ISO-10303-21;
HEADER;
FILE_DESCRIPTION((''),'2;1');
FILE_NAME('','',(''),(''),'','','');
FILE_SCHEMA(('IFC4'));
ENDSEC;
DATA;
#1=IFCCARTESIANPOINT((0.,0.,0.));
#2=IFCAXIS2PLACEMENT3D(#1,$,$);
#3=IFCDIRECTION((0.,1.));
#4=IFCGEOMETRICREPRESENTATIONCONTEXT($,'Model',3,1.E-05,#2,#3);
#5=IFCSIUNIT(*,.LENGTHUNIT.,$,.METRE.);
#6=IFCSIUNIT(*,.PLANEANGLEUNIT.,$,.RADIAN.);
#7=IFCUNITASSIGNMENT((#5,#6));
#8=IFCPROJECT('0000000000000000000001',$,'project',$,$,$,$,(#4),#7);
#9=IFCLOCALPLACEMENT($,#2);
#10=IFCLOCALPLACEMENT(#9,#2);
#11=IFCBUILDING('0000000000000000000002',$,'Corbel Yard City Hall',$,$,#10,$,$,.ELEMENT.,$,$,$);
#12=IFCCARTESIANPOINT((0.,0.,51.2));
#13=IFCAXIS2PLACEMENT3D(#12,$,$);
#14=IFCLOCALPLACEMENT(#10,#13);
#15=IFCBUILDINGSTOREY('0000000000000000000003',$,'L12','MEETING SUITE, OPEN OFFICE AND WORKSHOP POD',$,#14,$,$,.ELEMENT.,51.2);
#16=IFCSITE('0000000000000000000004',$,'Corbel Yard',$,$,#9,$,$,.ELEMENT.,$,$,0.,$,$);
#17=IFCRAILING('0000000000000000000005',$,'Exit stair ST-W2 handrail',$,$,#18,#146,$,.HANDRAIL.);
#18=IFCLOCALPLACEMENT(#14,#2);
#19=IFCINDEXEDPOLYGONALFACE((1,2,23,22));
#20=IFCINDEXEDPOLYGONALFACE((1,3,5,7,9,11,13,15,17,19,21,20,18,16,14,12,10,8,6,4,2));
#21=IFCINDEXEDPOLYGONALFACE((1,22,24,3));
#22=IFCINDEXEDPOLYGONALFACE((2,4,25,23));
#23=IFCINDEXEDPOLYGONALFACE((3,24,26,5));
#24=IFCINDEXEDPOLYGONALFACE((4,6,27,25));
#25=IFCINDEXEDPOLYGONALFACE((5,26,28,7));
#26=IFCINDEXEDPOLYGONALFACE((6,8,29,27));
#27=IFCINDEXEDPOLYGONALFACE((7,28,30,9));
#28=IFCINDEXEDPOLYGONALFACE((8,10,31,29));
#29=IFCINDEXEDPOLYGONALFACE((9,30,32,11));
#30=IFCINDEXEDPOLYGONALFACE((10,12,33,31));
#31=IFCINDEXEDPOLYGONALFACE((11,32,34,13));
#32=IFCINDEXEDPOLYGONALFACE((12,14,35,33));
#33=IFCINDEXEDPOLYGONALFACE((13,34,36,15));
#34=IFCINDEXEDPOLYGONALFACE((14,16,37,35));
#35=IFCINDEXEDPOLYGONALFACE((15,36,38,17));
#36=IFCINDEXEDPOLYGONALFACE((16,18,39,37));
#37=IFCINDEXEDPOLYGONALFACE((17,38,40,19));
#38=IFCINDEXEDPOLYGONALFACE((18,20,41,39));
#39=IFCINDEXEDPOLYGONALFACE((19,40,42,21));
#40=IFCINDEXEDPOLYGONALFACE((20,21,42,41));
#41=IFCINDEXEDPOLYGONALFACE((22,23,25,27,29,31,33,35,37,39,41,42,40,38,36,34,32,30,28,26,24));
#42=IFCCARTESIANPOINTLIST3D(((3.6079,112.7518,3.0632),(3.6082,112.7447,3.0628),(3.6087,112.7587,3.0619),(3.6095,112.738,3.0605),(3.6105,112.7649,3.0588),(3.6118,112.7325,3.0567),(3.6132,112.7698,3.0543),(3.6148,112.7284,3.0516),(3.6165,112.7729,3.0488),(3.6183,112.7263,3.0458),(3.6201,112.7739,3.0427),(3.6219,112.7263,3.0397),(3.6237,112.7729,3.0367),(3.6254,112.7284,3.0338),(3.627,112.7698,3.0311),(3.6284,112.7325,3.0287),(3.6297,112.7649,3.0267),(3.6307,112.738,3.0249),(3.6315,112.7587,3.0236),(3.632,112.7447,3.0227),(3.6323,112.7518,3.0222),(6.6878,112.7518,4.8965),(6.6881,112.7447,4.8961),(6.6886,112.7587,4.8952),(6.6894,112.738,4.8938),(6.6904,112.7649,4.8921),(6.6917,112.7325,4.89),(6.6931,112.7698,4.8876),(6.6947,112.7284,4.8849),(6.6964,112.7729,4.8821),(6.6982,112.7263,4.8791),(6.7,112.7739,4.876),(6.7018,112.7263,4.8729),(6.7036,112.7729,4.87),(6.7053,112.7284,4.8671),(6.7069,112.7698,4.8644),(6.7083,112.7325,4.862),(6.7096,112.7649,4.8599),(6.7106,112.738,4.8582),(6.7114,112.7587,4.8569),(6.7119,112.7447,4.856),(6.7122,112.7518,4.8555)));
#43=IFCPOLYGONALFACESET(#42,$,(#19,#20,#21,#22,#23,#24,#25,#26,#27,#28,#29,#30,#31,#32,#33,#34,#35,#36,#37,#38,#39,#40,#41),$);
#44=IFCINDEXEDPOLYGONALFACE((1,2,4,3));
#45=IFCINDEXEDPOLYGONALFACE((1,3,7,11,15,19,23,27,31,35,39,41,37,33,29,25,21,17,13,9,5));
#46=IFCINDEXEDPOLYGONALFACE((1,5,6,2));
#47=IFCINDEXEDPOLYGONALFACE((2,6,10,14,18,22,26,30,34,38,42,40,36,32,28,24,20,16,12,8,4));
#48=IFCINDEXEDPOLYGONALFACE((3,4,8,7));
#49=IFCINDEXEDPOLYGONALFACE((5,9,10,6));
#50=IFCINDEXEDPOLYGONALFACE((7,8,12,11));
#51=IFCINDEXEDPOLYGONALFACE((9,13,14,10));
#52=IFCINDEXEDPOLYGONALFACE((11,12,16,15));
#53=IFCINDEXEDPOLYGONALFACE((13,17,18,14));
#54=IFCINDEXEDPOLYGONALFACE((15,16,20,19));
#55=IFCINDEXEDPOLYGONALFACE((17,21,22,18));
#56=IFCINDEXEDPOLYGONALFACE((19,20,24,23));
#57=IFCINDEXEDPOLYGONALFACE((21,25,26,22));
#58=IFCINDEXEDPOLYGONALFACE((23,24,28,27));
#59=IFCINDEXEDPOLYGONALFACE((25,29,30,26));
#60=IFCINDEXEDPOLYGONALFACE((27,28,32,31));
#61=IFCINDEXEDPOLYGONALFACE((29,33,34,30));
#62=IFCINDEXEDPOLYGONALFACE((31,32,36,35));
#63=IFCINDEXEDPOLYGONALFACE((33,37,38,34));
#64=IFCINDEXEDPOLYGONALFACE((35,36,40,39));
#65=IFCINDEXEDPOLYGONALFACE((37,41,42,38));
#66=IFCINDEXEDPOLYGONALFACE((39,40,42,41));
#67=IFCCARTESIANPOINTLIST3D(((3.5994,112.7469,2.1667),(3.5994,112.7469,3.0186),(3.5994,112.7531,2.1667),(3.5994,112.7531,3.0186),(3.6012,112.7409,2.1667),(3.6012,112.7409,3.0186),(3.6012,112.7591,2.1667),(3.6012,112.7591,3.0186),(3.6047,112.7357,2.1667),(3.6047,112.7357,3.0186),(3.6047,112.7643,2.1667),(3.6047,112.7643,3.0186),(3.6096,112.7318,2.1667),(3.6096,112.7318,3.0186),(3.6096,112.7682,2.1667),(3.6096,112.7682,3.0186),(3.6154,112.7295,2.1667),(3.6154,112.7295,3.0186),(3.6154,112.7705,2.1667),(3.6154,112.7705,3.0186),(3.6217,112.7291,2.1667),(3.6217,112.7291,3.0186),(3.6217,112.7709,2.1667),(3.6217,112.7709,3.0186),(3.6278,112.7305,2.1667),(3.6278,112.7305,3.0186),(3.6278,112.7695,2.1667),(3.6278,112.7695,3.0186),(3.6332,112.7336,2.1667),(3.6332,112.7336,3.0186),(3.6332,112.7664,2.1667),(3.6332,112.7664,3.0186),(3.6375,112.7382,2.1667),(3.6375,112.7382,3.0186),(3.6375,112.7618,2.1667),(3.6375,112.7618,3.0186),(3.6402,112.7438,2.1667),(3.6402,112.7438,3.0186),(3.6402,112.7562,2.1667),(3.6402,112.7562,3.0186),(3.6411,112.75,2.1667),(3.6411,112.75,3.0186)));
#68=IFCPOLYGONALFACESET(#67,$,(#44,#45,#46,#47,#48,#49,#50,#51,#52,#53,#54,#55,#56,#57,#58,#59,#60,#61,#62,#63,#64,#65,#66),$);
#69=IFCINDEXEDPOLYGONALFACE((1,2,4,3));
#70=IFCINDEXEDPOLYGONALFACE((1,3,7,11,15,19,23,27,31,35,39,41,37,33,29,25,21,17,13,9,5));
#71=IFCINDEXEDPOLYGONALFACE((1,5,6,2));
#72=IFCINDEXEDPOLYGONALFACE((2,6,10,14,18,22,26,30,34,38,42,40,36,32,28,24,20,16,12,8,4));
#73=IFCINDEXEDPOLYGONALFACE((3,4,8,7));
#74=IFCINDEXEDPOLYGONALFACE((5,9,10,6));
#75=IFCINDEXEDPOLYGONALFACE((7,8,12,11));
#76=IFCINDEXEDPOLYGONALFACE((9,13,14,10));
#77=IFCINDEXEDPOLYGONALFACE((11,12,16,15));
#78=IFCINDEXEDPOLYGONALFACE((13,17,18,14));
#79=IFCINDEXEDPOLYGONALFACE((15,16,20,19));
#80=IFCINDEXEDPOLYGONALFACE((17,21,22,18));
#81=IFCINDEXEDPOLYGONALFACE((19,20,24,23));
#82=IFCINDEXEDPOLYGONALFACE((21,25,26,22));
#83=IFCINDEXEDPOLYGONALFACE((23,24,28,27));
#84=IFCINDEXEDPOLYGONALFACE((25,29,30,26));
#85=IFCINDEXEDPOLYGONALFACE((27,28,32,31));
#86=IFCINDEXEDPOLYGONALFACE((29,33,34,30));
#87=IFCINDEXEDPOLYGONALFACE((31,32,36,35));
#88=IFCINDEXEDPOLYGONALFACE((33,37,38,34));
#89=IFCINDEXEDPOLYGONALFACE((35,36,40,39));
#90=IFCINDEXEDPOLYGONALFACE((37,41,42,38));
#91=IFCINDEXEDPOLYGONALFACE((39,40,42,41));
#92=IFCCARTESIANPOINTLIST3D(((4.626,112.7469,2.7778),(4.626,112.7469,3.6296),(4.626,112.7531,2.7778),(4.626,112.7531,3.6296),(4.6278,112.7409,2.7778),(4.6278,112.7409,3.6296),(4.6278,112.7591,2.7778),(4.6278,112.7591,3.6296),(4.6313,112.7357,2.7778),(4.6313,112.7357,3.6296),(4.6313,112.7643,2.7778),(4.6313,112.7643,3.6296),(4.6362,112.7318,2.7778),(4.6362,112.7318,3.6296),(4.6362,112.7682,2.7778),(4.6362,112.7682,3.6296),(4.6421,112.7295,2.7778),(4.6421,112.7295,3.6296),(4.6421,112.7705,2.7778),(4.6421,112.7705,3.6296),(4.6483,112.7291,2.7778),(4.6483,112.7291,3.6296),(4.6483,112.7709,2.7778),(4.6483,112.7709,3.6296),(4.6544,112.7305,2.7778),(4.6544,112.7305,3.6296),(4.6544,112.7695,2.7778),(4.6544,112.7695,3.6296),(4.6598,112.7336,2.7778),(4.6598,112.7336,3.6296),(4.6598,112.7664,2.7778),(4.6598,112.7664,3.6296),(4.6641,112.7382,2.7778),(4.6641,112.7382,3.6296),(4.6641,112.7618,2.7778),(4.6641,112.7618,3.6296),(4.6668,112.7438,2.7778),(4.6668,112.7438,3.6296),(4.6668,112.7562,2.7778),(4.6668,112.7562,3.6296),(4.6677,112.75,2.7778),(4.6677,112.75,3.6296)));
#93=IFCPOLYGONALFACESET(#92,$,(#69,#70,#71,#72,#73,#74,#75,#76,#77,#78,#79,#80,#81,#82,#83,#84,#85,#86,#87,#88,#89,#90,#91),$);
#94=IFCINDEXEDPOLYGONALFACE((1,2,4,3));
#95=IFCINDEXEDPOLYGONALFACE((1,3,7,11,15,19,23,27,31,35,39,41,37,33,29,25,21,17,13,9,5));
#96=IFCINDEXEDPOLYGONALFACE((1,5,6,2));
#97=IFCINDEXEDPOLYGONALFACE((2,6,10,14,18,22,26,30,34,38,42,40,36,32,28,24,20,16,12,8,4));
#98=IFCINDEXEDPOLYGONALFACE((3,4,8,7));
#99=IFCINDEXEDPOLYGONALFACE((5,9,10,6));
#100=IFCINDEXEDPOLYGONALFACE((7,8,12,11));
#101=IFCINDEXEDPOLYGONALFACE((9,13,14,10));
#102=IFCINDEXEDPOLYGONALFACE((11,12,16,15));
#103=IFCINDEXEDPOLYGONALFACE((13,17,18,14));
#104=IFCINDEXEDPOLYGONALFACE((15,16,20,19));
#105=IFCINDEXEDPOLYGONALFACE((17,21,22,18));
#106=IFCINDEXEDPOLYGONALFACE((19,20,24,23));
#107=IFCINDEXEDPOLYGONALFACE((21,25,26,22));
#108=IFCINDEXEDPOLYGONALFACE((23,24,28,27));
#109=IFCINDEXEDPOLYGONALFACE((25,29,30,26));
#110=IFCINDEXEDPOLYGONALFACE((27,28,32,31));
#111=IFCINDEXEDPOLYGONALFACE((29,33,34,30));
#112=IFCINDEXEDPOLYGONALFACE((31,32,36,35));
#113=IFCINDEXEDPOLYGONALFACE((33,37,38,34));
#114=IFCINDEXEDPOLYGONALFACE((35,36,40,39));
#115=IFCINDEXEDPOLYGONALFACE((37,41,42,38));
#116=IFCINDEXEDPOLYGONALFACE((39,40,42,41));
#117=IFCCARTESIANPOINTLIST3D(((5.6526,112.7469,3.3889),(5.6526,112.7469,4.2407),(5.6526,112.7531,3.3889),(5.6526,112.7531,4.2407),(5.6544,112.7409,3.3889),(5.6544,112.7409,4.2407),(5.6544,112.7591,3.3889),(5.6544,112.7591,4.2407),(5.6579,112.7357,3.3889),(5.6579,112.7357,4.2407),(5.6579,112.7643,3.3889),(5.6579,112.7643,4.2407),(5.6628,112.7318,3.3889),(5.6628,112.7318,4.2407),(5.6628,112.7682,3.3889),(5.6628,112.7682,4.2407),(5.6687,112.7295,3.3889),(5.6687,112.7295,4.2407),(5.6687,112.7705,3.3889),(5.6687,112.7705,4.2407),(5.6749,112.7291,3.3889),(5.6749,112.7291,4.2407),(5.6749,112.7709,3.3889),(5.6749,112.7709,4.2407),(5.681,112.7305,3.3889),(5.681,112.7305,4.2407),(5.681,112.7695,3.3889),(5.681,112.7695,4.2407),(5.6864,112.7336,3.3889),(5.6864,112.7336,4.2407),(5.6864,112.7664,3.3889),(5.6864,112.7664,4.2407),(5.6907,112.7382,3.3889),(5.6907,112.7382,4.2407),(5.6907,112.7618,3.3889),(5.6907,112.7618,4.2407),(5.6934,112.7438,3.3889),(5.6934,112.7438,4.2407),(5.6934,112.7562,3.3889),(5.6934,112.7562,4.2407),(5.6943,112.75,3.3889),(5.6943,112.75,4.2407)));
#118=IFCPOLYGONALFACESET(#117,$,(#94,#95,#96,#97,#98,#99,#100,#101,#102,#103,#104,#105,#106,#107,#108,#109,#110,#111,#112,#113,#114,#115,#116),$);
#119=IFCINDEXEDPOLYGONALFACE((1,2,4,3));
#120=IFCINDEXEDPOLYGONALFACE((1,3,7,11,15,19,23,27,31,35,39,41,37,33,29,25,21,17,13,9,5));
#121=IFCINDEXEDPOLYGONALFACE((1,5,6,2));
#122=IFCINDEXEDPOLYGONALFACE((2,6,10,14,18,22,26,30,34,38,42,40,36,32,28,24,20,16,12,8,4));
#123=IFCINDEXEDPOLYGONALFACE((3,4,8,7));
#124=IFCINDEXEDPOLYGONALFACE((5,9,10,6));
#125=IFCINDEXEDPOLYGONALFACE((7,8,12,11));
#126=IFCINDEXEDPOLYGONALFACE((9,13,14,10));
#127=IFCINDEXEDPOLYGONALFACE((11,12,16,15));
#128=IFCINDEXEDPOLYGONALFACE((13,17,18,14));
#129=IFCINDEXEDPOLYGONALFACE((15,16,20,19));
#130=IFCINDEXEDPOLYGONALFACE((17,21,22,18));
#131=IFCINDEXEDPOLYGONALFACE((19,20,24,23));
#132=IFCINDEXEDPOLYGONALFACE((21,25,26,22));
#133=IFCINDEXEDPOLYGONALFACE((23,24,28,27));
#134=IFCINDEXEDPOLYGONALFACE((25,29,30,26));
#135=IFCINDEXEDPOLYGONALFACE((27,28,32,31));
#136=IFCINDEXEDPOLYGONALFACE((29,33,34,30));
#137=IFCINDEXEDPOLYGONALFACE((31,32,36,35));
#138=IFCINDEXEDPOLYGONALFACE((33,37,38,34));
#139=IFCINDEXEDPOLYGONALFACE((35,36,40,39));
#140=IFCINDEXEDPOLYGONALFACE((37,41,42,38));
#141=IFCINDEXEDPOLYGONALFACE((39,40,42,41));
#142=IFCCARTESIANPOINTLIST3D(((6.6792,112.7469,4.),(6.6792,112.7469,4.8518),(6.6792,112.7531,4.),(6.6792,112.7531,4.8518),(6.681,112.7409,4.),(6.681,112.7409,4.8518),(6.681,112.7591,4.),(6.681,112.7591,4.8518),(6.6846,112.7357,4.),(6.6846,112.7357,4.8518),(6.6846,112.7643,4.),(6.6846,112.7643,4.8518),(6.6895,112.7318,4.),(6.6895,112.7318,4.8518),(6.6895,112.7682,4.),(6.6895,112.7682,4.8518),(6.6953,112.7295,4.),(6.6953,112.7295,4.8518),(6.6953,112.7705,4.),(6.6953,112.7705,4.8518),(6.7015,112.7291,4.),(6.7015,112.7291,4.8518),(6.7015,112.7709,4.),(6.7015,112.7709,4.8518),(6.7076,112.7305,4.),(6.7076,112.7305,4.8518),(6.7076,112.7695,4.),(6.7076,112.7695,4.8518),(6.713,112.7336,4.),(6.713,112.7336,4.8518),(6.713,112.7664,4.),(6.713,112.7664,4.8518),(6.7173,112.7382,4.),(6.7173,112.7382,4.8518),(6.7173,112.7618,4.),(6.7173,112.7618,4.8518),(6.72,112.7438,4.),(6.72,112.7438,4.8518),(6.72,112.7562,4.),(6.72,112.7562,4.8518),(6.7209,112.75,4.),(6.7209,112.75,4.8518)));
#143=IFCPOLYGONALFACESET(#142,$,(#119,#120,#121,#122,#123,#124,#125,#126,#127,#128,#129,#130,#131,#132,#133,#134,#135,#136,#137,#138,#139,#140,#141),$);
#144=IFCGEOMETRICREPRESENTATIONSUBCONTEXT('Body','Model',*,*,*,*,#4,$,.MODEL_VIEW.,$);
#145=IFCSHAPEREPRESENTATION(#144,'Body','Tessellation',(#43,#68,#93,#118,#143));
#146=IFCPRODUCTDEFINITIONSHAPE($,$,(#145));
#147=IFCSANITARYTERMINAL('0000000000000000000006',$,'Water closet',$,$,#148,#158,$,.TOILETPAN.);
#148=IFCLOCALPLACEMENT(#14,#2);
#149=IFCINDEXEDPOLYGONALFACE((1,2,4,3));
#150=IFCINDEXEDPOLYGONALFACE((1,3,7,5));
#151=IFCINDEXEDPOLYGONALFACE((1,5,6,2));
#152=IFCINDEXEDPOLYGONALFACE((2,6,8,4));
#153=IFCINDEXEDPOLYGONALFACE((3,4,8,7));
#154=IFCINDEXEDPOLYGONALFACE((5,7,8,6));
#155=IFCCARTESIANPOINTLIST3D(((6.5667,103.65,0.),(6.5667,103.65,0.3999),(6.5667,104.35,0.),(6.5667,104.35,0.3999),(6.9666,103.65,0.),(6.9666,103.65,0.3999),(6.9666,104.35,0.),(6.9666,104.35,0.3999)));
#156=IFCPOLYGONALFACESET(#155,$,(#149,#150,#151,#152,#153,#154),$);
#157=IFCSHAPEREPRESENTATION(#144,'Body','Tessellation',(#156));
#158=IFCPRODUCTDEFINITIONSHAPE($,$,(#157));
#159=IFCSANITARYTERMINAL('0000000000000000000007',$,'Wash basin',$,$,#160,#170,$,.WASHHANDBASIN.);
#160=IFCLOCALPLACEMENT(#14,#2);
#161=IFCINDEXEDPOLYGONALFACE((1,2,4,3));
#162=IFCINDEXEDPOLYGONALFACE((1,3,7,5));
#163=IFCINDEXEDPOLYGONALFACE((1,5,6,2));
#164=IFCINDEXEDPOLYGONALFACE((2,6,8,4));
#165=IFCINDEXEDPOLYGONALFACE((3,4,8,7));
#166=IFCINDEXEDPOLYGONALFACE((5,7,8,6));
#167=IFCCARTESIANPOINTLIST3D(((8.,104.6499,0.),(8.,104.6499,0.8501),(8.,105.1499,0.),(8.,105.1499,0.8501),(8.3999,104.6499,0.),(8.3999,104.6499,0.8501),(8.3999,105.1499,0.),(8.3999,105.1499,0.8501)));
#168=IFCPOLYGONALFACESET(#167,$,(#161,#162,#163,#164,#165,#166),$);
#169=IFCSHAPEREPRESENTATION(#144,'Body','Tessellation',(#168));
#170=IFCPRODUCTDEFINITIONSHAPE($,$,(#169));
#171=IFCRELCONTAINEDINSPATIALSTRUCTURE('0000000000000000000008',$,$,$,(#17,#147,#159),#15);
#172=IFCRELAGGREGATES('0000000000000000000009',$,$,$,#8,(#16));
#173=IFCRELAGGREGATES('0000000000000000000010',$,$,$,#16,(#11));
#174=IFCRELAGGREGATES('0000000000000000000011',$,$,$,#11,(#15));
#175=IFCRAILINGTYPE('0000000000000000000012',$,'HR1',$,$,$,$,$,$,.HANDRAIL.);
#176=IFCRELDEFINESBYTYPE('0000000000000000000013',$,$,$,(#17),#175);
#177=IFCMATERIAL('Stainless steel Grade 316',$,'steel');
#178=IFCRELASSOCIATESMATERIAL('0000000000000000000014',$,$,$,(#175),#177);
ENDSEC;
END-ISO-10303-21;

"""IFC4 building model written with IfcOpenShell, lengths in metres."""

from ifc_helpers import new_model, si_unit, direction, frame, origin, origin_2d, place, context, subcontext, project, spatial, rectangle, circle, extrude, material, type_object, element, save


model = new_model("IFC4")

# Units and contexts
model_context = context("Model", 3, precision=1e-05, world=origin(), true_north=direction((0.0, 1.0)))
body_context = subcontext(model_context, "Body", "Model", "MODEL_VIEW")
ifc_project = project(units=[si_unit("LENGTHUNIT", "METRE"), si_unit("PLANEANGLEUNIT", "RADIAN")], contexts=[model_context])

# Site, building, storey
site_placement = place(None, origin())
site = spatial("IfcSite", under=ifc_project, at=site_placement, Name="Corbel Yard", CompositionType="ELEMENT", RefElevation=0.0)
building_placement = place(site_placement, origin())
building = spatial("IfcBuilding", under=site, at=building_placement, Name="Corbel Yard City Hall", CompositionType="ELEMENT")
storey_placement = place(building_placement, frame((0.0, 0.0, 51.2)))
storey = spatial("IfcBuildingStorey", under=building, at=storey_placement, Name="L12", Description="MEETING SUITE, OPEN OFFICE AND WORKSHOP POD", CompositionType="ELEMENT", Elevation=51.2)

# Shared definitions
ifc_material_1 = material(Name="Stainless steel Grade 316", Category="steel")

# Railing
railing_type = type_object("IfcRailingType", Name="HR1", PredefinedType="HANDRAIL", material=ifc_material_1)
for number, where, name in (
    (1, (3.6201, 112.75, 2.1667), "Exit stair ST-W2 handrail"),
):
    element("IfcRailing", number, at=place(storey_placement, frame(where)), inside=storey, type_object=railing_type, Name=name, PredefinedType="HANDRAIL", context=body_context, shape_type="SweptSolid", body=[
        extrude(circle(Radius=0.0239, at=origin_2d()), frame((0.0, 0.0, 0.876), z_axis=(0.859291, 0.0, 0.511487), x_axis=(0.0, 1.0, 0.0)), (0.0, 0.0, 1.0), 3.5842),
        extrude(circle(Radius=0.021, at=origin_2d()), origin(), (0.0, 0.0, 1.0), 0.8518),
        extrude(circle(Radius=0.021, at=origin_2d()), frame((1.0266, 0.0, 0.6111)), (0.0, 0.0, 1.0), 0.8518),
        extrude(circle(Radius=0.021, at=origin_2d()), frame((2.0532, 0.0, 1.2222)), (0.0, 0.0, 1.0), 0.8518),
        extrude(circle(Radius=0.021, at=origin_2d()), frame((3.0798, 0.0, 1.8333)), (0.0, 0.0, 1.0), 0.8518),
    ])

# Sanitary terminals
sanitary_terminal_1_placement = place(storey_placement, frame((6.7666, 104.0, 0.0), z_axis=(0.0, 0.0, 1.0), x_axis=(1.0, 0.0, 0.0)))
element("IfcSanitaryTerminal", 2, at=sanitary_terminal_1_placement, inside=storey, Name="Water closet", PredefinedType="TOILETPAN", context=body_context, shape_type="SweptSolid", body=[
    extrude(rectangle(XDim=0.3999, YDim=0.7, at=origin_2d()), origin(), (0.0, 0.0, 1.0), 0.3999),
])
sanitary_terminal_2_placement = place(storey_placement, frame((8.2, 104.8999, 0.0), z_axis=(0.0, 0.0, 1.0), x_axis=(1.0, 0.0, 0.0)))
element("IfcSanitaryTerminal", 3, at=sanitary_terminal_2_placement, inside=storey, Name="Wash basin", PredefinedType="WASHHANDBASIN", context=body_context, shape_type="SweptSolid", body=[
    extrude(rectangle(XDim=0.3999, YDim=0.5, at=origin_2d()), origin(), (0.0, 0.0, 1.0), 0.8501),
])

save(model, "model.ifc")
